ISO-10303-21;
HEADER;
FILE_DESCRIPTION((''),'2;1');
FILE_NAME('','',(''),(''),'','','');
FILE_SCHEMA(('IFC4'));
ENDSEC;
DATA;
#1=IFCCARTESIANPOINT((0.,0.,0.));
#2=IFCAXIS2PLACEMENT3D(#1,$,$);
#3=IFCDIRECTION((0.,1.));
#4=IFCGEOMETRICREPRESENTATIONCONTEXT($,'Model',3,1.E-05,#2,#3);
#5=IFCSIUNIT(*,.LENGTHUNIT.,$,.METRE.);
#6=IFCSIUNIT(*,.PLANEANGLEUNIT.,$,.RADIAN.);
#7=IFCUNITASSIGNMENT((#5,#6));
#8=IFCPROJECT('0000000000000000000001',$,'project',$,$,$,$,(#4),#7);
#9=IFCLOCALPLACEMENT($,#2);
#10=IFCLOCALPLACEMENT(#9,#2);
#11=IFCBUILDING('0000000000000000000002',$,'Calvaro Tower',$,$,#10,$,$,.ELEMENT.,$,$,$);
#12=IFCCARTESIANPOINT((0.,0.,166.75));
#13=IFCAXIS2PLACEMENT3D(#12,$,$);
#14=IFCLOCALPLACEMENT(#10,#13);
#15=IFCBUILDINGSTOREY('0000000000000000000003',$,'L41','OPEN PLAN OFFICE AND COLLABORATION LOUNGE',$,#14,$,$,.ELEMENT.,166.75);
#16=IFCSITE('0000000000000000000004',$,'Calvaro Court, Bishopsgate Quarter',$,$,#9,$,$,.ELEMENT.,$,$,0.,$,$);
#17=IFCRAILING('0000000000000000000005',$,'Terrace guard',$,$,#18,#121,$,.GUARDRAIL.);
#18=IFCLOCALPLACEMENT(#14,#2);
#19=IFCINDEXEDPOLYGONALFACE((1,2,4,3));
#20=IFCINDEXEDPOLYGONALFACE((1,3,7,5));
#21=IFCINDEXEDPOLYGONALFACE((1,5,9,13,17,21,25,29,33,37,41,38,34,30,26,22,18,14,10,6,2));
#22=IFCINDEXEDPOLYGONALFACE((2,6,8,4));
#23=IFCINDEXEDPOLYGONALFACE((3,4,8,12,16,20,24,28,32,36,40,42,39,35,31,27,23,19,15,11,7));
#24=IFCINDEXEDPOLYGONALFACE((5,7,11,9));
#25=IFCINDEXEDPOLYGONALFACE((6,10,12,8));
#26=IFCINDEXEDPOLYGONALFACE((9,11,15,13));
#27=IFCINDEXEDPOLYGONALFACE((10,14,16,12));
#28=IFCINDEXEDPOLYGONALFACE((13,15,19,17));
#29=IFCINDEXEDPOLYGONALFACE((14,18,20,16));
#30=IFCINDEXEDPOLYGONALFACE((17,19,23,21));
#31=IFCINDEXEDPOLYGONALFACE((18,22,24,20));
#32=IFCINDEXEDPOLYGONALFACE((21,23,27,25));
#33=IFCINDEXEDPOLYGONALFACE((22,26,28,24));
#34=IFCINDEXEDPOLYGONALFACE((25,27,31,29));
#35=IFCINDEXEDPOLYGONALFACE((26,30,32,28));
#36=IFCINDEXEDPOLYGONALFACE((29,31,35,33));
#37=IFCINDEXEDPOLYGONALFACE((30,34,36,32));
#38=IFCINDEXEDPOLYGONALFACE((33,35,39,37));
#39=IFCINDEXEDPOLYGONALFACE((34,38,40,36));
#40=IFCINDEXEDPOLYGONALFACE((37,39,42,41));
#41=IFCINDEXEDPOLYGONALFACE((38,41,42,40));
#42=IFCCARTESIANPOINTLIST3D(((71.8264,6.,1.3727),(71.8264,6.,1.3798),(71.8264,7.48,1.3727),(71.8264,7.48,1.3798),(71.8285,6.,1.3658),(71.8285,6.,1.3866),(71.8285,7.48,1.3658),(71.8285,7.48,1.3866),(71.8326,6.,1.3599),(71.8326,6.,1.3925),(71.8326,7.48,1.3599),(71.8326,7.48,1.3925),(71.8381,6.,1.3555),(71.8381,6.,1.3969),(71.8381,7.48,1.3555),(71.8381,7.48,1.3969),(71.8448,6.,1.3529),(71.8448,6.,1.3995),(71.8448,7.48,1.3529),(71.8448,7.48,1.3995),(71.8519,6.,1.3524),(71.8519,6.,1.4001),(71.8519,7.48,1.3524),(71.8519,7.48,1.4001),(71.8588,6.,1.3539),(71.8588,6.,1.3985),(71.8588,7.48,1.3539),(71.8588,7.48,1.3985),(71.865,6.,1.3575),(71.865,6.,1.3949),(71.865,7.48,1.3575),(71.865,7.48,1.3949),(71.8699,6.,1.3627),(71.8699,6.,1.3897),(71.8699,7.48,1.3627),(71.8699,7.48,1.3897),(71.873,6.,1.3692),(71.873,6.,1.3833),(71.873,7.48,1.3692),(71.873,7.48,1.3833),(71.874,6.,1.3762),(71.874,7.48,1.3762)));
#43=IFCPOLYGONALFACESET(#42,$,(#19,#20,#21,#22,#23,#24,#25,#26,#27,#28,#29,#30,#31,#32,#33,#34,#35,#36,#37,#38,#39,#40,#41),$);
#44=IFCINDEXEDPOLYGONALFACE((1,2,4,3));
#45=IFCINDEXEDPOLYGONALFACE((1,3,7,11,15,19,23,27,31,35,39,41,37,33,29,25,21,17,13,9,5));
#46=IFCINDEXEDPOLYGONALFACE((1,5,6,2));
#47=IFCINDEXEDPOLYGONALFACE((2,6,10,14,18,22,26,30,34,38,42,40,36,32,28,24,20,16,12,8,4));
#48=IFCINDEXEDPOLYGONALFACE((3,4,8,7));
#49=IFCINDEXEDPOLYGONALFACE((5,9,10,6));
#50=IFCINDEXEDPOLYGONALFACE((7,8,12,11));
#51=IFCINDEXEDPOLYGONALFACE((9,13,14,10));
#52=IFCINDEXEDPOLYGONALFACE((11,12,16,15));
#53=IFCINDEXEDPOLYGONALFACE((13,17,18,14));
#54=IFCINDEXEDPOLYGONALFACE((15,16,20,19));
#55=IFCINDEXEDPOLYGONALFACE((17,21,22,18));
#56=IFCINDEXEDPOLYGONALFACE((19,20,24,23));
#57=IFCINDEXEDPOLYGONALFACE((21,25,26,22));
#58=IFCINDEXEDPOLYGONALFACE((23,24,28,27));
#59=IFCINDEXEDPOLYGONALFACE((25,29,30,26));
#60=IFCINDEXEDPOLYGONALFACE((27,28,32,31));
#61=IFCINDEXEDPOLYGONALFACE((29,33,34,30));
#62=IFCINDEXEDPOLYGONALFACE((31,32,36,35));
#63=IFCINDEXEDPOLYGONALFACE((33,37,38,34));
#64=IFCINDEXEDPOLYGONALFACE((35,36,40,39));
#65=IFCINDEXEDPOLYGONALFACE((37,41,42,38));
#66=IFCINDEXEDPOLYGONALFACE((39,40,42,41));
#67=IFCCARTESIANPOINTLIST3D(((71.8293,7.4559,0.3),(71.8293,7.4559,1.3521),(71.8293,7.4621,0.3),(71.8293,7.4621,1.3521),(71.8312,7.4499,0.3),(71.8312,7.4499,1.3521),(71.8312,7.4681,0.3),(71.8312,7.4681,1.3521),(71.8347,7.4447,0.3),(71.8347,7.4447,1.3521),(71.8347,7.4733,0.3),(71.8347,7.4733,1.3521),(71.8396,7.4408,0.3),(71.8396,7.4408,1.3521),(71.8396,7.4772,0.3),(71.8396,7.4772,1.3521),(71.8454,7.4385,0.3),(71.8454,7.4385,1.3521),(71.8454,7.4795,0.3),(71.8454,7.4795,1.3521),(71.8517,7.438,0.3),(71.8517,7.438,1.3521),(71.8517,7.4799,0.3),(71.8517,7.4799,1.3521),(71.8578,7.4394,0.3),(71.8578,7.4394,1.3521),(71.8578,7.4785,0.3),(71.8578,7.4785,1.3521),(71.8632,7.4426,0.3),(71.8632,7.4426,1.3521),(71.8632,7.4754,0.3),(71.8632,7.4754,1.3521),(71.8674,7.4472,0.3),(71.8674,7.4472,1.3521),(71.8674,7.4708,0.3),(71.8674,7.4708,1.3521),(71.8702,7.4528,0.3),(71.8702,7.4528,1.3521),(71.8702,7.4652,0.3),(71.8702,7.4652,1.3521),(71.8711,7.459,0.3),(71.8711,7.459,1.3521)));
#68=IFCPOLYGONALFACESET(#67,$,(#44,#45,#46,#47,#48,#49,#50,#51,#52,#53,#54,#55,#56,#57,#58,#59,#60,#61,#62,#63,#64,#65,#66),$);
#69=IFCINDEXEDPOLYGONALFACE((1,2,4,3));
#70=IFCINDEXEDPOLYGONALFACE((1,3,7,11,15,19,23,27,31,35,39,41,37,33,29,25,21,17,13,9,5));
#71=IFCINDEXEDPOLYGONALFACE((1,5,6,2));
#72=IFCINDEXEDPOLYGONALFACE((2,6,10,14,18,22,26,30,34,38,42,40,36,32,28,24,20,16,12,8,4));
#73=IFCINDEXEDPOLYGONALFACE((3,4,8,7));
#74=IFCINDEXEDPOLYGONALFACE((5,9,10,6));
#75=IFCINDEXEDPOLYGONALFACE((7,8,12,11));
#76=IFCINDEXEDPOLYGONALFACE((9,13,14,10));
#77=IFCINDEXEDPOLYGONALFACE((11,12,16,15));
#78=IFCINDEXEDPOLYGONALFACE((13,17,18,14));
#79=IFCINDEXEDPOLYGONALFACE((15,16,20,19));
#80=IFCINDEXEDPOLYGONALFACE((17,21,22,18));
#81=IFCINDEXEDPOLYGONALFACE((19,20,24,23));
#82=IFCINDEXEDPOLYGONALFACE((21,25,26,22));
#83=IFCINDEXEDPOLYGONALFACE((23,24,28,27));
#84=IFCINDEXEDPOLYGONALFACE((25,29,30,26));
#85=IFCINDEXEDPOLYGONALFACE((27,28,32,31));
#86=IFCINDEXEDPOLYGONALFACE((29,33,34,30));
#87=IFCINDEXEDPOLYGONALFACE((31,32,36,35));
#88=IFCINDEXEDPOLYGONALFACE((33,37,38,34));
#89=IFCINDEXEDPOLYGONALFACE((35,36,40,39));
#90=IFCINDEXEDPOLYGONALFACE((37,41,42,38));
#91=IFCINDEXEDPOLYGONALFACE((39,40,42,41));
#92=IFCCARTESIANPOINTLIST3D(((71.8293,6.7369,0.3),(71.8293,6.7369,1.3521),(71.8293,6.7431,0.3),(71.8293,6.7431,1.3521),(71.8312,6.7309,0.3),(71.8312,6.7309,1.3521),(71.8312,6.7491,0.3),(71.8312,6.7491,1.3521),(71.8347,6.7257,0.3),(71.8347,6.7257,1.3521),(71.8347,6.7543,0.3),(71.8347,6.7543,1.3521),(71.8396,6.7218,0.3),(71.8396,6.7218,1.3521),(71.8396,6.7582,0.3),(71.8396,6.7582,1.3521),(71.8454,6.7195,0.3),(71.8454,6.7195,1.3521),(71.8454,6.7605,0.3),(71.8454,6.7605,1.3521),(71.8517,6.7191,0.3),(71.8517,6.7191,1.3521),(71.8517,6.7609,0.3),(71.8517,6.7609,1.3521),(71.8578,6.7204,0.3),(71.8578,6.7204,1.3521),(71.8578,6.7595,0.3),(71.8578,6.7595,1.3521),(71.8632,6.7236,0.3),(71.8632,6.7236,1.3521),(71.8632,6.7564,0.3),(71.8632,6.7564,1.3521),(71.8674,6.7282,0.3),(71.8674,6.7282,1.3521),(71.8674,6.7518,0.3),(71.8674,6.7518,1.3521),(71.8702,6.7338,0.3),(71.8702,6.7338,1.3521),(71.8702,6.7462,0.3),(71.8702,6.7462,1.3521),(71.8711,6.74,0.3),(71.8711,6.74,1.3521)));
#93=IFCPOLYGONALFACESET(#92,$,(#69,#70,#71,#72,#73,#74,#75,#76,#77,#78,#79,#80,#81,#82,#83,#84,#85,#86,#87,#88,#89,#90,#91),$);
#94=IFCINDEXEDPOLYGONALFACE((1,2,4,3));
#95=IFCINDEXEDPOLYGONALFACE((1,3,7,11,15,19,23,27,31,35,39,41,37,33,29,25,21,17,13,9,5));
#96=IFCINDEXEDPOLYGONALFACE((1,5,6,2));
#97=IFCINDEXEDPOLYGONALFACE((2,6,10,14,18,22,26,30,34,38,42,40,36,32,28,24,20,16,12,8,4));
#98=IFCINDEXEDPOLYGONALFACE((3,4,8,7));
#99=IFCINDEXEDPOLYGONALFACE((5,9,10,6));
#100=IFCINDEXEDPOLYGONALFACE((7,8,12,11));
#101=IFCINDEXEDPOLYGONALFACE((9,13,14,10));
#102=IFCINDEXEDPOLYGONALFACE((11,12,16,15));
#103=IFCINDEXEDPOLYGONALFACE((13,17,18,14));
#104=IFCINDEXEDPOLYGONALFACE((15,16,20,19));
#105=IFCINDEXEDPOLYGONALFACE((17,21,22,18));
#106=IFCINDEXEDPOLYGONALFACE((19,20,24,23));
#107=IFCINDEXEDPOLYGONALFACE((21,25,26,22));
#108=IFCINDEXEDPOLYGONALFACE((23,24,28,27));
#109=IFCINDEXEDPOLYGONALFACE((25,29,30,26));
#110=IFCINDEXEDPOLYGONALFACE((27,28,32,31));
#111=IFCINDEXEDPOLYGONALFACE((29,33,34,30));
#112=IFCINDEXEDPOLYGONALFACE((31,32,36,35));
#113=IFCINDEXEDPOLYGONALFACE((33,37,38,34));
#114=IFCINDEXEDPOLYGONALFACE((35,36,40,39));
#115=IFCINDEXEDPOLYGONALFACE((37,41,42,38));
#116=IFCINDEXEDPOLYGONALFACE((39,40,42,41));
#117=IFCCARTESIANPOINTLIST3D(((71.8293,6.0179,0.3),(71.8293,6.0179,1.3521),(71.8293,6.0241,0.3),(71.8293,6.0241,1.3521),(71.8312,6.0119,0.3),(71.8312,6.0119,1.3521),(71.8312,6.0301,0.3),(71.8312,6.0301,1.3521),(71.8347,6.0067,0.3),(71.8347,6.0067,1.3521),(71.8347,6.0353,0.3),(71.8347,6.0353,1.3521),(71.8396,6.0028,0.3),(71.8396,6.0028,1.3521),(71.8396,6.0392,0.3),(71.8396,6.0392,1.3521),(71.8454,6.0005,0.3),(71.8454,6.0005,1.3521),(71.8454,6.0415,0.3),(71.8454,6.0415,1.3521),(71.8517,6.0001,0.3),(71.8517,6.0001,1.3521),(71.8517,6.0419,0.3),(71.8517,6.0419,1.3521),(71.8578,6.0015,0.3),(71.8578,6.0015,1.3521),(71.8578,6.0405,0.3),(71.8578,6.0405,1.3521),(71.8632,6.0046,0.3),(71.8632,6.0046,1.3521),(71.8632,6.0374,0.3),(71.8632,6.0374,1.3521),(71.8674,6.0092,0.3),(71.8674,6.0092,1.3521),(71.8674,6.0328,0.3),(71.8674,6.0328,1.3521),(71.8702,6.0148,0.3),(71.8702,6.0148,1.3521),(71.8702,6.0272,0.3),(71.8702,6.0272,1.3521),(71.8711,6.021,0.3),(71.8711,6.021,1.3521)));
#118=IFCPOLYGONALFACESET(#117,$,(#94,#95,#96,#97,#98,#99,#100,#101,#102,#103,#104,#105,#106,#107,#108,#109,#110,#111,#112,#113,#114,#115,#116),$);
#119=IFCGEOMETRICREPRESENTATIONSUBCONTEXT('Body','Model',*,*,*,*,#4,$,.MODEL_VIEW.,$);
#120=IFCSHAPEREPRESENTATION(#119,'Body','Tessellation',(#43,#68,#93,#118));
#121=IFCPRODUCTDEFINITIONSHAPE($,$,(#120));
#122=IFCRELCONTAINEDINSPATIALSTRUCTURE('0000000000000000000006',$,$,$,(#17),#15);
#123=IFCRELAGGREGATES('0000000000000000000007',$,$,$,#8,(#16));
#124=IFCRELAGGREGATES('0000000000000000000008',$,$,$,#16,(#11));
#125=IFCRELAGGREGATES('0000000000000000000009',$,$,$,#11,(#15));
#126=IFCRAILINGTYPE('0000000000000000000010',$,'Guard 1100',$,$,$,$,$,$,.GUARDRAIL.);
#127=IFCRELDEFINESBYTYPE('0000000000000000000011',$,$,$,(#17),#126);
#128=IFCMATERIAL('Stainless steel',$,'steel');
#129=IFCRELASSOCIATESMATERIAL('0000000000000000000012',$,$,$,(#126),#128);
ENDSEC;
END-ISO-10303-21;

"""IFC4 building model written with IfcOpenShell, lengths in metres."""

from ifc_helpers import new_model, si_unit, direction, frame, origin, origin_2d, place, context, subcontext, project, spatial, circle, extrude, material, type_object, element, save


model = new_model("IFC4")

# Units and contexts
model_context = context("Model", 3, precision=1e-05, world=origin(), true_north=direction((0.0, 1.0)))
body_context = subcontext(model_context, "Body", "Model", "MODEL_VIEW")
ifc_project = project(units=[si_unit("LENGTHUNIT", "METRE"), si_unit("PLANEANGLEUNIT", "RADIAN")], contexts=[model_context])

# Site, building, storey
site_placement = place(None, origin())
site = spatial("IfcSite", under=ifc_project, at=site_placement, Name="Calvaro Court, Bishopsgate Quarter", CompositionType="ELEMENT", RefElevation=0.0)
building_placement = place(site_placement, origin())
building = spatial("IfcBuilding", under=site, at=building_placement, Name="Calvaro Tower", CompositionType="ELEMENT")
storey_placement = place(building_placement, frame((0.0, 0.0, 166.75)))
storey = spatial("IfcBuildingStorey", under=building, at=storey_placement, Name="L41", Description="OPEN PLAN OFFICE AND COLLABORATION LOUNGE", CompositionType="ELEMENT", Elevation=166.75)

# Railing
ifc_material_1 = material(Name="Stainless steel", Category="steel")
railing_type = type_object("IfcRailingType", Name="Guard 1100", PredefinedType="GUARDRAIL", material=ifc_material_1)
railing_1_placement = place(storey_placement, frame((71.8501, 7.48, 0.3)))
element("IfcRailing", 1, at=railing_1_placement, inside=storey, type_object=railing_type, Name="Terrace guard", PredefinedType="GUARDRAIL", context=body_context, shape_type="SweptSolid", body=[
    extrude(circle(Radius=0.0239, at=origin_2d()), frame((0.0, 0.0, 1.0762), z_axis=(0.0, -1.0, 0.0), x_axis=(1.0, 0.0, 0.0)), (0.0, 0.0, 1.0), 1.48),
    extrude(circle(Radius=0.021, at=origin_2d()), frame((0.0, -0.021, 0.0)), (0.0, 0.0, 1.0), 1.052),
    extrude(circle(Radius=0.021, at=origin_2d()), frame((0.0, -0.74, 0.0)), (0.0, 0.0, 1.0), 1.052),
    extrude(circle(Radius=0.021, at=origin_2d()), frame((0.0, -1.459, 0.0)), (0.0, 0.0, 1.0), 1.052),
])

save(model, "model.ifc")
